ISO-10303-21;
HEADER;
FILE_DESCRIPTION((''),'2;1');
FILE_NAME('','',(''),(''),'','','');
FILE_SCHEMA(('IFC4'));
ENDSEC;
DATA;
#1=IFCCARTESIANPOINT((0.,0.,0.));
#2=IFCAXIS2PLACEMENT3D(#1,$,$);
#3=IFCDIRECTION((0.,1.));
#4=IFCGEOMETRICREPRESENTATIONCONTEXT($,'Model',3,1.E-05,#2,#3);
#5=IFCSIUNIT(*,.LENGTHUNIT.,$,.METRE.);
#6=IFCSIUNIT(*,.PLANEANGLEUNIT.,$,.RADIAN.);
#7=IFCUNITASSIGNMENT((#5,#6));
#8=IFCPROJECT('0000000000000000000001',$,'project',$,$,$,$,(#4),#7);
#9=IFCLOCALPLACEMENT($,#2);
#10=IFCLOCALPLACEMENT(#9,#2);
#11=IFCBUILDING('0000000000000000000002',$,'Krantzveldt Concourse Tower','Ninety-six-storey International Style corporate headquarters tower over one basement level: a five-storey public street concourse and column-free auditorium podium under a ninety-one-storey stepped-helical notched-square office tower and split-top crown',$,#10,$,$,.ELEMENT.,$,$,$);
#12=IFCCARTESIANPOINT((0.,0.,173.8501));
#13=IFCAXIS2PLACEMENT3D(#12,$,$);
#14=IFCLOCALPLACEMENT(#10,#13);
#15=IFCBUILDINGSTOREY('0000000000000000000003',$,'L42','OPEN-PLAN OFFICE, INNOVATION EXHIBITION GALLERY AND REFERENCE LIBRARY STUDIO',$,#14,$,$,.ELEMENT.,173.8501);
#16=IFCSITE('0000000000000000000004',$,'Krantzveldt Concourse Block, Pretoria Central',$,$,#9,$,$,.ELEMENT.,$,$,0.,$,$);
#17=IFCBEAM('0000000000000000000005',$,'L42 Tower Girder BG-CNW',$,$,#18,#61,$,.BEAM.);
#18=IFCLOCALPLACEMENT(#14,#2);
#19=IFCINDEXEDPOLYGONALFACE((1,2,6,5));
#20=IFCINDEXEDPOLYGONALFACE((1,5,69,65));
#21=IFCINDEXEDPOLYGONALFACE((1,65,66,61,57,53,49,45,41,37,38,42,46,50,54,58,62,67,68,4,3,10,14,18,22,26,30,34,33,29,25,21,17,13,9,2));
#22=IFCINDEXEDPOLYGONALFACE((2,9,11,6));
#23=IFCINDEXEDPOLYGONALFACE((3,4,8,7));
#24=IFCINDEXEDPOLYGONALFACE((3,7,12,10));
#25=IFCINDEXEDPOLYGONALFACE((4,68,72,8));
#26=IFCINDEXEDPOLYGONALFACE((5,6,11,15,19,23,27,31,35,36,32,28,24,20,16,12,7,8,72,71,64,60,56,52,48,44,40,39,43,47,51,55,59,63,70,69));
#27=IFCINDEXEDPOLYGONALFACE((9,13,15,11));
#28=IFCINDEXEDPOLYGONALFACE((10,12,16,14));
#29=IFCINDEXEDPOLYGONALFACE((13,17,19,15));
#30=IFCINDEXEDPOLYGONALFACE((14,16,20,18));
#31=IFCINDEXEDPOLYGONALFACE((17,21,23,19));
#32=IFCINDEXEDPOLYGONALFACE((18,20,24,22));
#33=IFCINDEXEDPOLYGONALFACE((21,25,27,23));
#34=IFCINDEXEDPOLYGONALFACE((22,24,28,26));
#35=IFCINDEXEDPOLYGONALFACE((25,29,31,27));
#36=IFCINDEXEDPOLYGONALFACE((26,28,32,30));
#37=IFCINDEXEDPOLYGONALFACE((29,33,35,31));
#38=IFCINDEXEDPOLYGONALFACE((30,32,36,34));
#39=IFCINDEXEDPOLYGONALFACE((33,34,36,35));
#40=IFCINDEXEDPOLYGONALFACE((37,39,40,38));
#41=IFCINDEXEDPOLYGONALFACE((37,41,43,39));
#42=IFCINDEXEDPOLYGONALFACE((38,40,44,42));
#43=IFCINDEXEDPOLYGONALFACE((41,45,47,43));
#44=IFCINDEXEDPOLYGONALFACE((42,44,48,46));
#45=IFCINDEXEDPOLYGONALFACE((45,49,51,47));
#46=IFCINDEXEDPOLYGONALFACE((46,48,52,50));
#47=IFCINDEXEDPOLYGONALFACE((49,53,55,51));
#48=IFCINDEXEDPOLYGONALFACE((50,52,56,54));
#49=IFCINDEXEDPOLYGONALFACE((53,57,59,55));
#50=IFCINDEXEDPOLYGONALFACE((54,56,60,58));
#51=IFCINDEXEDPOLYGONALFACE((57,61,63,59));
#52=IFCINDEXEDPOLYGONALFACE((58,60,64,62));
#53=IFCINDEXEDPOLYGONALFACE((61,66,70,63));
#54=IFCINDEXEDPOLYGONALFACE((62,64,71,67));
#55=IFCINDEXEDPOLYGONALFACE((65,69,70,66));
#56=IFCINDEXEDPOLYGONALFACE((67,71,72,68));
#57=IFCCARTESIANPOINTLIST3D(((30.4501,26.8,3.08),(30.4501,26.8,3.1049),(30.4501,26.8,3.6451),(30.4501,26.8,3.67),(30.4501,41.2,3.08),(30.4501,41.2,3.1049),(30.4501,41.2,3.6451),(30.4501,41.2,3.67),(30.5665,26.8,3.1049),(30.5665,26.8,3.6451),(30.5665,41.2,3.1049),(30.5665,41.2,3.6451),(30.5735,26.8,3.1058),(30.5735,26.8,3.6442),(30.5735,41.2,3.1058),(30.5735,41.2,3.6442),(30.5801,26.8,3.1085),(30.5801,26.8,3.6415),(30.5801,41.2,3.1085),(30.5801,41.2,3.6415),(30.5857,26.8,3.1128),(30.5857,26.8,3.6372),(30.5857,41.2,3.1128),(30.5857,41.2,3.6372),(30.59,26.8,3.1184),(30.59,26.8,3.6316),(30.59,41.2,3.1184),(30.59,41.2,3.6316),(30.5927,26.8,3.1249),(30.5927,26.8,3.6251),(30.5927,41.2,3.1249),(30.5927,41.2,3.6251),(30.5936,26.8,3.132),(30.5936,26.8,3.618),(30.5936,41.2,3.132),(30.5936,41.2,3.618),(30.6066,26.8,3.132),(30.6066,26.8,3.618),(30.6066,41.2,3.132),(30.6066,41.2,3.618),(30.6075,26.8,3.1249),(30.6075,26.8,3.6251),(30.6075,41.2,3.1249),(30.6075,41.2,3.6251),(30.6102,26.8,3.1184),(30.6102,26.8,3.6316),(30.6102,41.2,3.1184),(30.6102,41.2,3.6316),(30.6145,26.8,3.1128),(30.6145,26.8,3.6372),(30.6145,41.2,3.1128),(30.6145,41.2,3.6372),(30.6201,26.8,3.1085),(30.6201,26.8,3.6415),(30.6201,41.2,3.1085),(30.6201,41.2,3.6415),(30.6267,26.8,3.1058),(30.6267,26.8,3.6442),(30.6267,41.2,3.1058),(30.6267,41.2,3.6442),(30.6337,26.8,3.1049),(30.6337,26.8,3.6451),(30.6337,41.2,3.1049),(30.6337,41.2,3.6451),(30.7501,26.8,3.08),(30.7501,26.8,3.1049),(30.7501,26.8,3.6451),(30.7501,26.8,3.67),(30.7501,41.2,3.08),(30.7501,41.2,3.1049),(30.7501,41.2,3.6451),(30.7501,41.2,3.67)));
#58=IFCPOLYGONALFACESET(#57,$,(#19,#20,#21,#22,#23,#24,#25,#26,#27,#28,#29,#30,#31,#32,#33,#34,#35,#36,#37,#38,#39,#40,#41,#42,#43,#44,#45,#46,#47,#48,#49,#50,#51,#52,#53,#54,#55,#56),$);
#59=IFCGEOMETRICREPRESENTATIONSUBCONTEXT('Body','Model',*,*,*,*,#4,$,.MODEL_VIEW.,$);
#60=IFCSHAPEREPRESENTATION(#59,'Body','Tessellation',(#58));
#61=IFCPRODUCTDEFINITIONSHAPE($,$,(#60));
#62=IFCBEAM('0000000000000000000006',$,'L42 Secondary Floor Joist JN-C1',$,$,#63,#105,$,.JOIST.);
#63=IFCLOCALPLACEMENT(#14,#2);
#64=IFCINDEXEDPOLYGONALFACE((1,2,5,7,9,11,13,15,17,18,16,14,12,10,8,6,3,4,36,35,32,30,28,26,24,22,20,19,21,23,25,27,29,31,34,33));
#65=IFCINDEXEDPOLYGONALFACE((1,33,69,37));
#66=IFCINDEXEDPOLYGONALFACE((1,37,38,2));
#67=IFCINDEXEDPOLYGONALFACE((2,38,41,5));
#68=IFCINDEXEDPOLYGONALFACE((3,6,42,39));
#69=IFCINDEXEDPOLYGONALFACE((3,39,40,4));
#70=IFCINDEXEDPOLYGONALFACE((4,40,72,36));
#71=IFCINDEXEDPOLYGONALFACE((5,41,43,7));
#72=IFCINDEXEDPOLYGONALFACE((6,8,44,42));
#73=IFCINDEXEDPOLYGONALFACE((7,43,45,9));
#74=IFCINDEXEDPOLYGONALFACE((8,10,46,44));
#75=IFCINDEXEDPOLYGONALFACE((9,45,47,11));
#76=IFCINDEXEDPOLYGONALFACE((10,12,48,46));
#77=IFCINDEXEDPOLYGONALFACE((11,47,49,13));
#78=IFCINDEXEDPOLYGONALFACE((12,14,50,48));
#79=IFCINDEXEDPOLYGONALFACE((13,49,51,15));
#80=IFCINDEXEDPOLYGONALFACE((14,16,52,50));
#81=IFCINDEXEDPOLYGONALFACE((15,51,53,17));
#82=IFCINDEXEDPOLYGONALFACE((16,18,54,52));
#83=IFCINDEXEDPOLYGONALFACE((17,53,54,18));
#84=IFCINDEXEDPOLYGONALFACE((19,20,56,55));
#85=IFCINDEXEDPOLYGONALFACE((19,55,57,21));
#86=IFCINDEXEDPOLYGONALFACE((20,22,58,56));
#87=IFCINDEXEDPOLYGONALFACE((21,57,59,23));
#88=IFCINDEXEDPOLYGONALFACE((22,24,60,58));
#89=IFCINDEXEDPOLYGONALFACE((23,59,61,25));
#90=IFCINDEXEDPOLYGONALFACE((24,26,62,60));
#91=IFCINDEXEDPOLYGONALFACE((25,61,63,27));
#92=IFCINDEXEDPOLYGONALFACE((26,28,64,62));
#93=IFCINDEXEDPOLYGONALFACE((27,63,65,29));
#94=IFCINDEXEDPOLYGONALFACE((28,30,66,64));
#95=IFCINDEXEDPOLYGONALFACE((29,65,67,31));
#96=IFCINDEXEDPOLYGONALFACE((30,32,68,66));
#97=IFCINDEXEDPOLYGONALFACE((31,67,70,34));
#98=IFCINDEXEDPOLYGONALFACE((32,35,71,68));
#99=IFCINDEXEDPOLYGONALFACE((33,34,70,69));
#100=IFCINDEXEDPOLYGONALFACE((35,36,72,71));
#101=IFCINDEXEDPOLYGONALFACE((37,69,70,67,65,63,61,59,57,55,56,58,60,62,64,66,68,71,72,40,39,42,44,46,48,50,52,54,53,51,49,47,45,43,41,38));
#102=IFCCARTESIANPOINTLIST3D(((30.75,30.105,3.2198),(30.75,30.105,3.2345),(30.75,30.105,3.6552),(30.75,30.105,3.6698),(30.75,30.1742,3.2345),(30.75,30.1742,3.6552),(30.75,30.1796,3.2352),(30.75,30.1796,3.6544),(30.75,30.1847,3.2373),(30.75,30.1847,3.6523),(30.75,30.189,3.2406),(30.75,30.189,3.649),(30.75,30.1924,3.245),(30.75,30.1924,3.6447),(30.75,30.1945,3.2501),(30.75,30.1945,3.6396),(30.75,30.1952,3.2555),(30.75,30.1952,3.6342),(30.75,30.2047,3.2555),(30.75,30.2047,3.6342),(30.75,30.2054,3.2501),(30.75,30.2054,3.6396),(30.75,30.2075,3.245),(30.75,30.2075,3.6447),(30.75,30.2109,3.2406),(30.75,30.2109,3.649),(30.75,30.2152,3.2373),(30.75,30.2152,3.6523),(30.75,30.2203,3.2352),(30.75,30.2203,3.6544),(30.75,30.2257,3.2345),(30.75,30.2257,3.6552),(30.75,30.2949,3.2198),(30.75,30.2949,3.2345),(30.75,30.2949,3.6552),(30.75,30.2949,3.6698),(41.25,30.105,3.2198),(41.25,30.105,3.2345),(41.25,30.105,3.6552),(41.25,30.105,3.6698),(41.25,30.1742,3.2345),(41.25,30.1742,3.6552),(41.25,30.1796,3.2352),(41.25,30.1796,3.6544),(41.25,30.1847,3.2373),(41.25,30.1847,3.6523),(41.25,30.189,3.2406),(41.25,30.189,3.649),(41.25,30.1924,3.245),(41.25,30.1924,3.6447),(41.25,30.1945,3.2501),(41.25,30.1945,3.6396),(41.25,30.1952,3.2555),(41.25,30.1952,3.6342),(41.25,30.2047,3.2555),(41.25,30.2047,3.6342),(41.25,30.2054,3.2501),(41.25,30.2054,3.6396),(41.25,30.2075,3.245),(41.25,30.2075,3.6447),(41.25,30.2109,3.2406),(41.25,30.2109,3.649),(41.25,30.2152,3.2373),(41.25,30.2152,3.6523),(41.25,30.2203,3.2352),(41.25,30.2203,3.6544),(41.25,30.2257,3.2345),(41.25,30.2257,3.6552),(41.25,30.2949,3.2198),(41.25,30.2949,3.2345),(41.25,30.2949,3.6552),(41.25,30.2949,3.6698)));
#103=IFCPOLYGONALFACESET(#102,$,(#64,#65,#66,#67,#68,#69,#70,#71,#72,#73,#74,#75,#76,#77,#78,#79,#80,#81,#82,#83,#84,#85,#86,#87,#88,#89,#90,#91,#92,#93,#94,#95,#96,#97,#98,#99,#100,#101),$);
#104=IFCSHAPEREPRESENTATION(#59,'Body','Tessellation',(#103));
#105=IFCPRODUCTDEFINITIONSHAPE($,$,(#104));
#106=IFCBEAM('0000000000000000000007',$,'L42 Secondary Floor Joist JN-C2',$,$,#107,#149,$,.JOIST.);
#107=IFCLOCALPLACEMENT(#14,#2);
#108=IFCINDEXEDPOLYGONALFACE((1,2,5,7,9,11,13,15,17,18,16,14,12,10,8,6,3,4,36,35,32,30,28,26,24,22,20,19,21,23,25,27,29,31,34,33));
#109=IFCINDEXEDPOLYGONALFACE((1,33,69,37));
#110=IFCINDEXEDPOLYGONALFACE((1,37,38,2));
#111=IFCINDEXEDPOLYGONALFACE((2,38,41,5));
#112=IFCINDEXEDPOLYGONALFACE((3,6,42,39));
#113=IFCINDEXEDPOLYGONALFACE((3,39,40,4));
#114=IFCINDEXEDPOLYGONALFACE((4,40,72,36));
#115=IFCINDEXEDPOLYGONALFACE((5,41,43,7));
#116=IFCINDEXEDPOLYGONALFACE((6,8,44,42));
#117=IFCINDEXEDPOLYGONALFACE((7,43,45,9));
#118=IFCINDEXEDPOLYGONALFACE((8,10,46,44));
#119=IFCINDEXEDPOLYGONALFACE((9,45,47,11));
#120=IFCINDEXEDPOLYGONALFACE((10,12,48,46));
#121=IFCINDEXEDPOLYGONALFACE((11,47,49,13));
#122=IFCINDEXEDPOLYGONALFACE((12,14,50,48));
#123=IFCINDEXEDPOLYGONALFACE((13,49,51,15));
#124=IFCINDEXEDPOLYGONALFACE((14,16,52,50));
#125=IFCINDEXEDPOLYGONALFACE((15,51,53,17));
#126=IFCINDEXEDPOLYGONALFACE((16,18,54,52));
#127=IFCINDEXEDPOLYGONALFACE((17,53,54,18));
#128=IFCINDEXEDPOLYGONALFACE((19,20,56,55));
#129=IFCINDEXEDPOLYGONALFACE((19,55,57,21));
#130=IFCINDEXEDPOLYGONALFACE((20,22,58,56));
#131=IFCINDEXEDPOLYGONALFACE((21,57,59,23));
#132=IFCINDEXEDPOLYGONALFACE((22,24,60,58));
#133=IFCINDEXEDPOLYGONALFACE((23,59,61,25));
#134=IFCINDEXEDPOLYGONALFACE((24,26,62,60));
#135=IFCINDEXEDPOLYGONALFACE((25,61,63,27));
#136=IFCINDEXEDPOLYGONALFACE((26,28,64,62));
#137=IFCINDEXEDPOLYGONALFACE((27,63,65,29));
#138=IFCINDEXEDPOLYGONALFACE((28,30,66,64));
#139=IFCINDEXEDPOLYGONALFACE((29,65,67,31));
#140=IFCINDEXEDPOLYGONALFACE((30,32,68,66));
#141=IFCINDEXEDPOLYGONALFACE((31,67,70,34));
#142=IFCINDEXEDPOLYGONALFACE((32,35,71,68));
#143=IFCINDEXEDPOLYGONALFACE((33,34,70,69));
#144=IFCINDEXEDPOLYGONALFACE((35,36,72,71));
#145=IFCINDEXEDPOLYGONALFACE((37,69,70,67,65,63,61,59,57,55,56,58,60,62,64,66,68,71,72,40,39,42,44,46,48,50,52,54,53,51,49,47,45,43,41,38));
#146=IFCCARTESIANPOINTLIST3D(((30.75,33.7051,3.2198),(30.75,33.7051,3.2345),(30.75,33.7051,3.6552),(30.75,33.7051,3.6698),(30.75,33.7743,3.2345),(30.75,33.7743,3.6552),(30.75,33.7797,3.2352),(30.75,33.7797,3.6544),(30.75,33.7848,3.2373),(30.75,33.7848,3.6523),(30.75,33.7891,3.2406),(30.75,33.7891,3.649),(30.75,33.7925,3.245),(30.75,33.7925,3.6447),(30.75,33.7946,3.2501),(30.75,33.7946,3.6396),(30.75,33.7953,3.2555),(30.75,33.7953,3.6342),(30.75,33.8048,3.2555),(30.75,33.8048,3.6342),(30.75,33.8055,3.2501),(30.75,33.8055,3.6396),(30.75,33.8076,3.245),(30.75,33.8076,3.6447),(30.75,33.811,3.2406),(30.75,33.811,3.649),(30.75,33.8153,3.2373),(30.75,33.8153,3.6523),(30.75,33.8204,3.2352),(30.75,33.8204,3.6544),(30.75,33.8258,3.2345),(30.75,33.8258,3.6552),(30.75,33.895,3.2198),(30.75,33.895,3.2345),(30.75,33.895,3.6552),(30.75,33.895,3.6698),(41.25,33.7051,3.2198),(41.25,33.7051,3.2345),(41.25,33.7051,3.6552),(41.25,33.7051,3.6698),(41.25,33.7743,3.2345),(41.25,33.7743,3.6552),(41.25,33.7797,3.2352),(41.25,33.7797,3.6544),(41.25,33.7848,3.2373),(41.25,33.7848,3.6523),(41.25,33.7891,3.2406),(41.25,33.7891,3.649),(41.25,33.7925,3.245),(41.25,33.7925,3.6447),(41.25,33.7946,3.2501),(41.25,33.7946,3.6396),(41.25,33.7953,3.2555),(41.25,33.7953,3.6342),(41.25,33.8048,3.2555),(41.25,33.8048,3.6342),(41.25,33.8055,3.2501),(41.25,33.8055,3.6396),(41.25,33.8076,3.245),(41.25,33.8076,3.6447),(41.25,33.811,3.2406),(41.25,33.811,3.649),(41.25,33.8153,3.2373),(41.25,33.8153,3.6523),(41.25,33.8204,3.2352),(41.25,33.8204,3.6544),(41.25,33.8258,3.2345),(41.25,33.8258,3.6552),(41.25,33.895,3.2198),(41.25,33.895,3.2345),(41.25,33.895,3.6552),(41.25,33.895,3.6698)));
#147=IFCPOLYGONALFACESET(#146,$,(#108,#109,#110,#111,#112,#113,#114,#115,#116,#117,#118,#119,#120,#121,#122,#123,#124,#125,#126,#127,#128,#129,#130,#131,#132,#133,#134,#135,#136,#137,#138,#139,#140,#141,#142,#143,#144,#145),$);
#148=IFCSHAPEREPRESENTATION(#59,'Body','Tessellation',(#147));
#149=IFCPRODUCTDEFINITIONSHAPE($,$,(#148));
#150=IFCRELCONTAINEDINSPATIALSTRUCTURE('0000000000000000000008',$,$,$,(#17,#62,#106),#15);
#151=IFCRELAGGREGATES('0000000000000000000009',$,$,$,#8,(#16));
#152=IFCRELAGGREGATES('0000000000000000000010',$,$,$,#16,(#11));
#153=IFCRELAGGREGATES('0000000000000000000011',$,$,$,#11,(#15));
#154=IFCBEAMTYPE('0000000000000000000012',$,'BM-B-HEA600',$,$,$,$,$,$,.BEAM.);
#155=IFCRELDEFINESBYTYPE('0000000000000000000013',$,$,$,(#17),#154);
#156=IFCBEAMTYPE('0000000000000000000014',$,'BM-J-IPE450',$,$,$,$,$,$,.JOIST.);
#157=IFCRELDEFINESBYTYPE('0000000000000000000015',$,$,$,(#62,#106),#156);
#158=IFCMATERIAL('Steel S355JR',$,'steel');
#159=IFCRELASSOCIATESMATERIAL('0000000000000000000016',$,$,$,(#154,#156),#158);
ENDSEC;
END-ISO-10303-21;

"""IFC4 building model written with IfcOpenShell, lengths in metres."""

from ifc_helpers import new_model, si_unit, direction, frame, origin, origin_2d, place, context, subcontext, project, spatial, i_section, extrude, source, transform, mapped, material, material_profile, profile_set, type_object, type_shapes, element, save


model = new_model("IFC4")

# Units and contexts
model_context = context("Model", 3, precision=1e-05, world=origin(), true_north=direction((0.0, 1.0)))
body_context = subcontext(model_context, "Body", "Model", "MODEL_VIEW")
ifc_project = project(units=[si_unit("LENGTHUNIT", "METRE"), si_unit("PLANEANGLEUNIT", "RADIAN")], contexts=[model_context])

# Site, building, storey
site_placement = place(None, origin())
site = spatial("IfcSite", under=ifc_project, at=site_placement, Name="Krantzveldt Concourse Block, Pretoria Central", CompositionType="ELEMENT", RefElevation=0.0)
building_placement = place(site_placement, origin())
building = spatial("IfcBuilding", under=site, at=building_placement, Name="Krantzveldt Concourse Tower", Description="Ninety-six-storey International Style corporate headquarters tower over one basement level: a five-storey public street concourse and column-free auditorium podium under a ninety-one-storey stepped-helical notched-square office tower and split-top crown", CompositionType="ELEMENT")
storey_placement = place(building_placement, frame((0.0, 0.0, 173.8501)))
storey = spatial("IfcBuildingStorey", under=building, at=storey_placement, Name="L42", Description="OPEN-PLAN OFFICE, INNOVATION EXHIBITION GALLERY AND REFERENCE LIBRARY STUDIO", CompositionType="ELEMENT", Elevation=173.8501)

# Beams
ifc_material_1 = material(Name="Steel S355JR", Category="steel")
ifc_material_profile_1 = material_profile(ifc_material_1, i_section(OverallWidth=0.3, OverallDepth=0.5901, WebThickness=0.0129, FlangeThickness=0.0249, FilletRadius=0.0271, at=origin_2d()), Name="Steel S355JR", Category="steel")
ifc_profile_set_1 = profile_set([ifc_material_profile_1], Name="Steel S355JR - HEA 600")
beam_type_1 = type_object("IfcBeamType", Name="BM-B-HEA600", PredefinedType="BEAM", material=ifc_profile_set_1)
shared_shape_1 = source(origin(), body_context, "Body", "SweptSolid", [
    extrude(i_section(OverallWidth=0.3, OverallDepth=0.5901, WebThickness=0.0129, FlangeThickness=0.0249, FilletRadius=0.0271, at=origin_2d()), origin(), (0.0, 0.0, 1.0), 14.3999),
])
type_shapes(beam_type_1, [shared_shape_1])
beam_placement = place(storey_placement, frame((30.6001, 26.8, 3.375), z_axis=(0.0, 1.0, 0.0), x_axis=(-1.0, 0.0, 0.0)))
element("IfcBeam", 1, at=beam_placement, inside=storey, type_object=beam_type_1, Name="L42 Tower Girder BG-CNW", PredefinedType="BEAM", context=body_context, shape_type="MappedRepresentation", body=[
    mapped(shared_shape_1, transform((0.0, 0.0, 0.0), x_axis=(1.0, 0.0, 0.0), y_axis=(0.0, 1.0, 0.0), z_axis=(0.0, 0.0, 1.0), scale=1.0)),
])
ifc_material_profile_2 = material_profile(ifc_material_1, i_section(OverallWidth=0.1899, OverallDepth=0.45, WebThickness=0.0095, FlangeThickness=0.0146, FilletRadius=0.021, at=origin_2d()), Name="Steel S355JR", Category="steel")
ifc_profile_set_2 = profile_set([ifc_material_profile_2], Name="Steel S355JR - IPE 450")
beam_type_2 = type_object("IfcBeamType", Name="BM-J-IPE450", PredefinedType="JOIST", material=ifc_profile_set_2)
shared_shape_2 = source(origin(), body_context, "Body", "SweptSolid", [
    extrude(i_section(OverallWidth=0.1899, OverallDepth=0.45, WebThickness=0.0095, FlangeThickness=0.0146, FilletRadius=0.021, at=origin_2d()), origin(), (0.0, 0.0, 1.0), 10.5),
])
for number, where, z_axis, x_axis, name in (
    (2, (30.75, 30.2, 3.4448), (1.0, 0.0, 0.0), (0.0, 1.0, 0.0), "L42 Secondary Floor Joist JN-C1"),
    (3, (30.75, 33.8, 3.4448), (1.0, 0.0, 0.0), (0.0, 1.0, 0.0), "L42 Secondary Floor Joist JN-C2"),
):
    element("IfcBeam", number, at=place(storey_placement, frame(where, z_axis=z_axis, x_axis=x_axis)), inside=storey, type_object=beam_type_2, Name=name, PredefinedType="JOIST", context=body_context, shape_type="MappedRepresentation", body=[
        mapped(shared_shape_2, transform((0.0, 0.0, 0.0), x_axis=(1.0, 0.0, 0.0), y_axis=(0.0, 1.0, 0.0), z_axis=(0.0, 0.0, 1.0), scale=1.0)),
    ])

save(model, "model.ifc")
